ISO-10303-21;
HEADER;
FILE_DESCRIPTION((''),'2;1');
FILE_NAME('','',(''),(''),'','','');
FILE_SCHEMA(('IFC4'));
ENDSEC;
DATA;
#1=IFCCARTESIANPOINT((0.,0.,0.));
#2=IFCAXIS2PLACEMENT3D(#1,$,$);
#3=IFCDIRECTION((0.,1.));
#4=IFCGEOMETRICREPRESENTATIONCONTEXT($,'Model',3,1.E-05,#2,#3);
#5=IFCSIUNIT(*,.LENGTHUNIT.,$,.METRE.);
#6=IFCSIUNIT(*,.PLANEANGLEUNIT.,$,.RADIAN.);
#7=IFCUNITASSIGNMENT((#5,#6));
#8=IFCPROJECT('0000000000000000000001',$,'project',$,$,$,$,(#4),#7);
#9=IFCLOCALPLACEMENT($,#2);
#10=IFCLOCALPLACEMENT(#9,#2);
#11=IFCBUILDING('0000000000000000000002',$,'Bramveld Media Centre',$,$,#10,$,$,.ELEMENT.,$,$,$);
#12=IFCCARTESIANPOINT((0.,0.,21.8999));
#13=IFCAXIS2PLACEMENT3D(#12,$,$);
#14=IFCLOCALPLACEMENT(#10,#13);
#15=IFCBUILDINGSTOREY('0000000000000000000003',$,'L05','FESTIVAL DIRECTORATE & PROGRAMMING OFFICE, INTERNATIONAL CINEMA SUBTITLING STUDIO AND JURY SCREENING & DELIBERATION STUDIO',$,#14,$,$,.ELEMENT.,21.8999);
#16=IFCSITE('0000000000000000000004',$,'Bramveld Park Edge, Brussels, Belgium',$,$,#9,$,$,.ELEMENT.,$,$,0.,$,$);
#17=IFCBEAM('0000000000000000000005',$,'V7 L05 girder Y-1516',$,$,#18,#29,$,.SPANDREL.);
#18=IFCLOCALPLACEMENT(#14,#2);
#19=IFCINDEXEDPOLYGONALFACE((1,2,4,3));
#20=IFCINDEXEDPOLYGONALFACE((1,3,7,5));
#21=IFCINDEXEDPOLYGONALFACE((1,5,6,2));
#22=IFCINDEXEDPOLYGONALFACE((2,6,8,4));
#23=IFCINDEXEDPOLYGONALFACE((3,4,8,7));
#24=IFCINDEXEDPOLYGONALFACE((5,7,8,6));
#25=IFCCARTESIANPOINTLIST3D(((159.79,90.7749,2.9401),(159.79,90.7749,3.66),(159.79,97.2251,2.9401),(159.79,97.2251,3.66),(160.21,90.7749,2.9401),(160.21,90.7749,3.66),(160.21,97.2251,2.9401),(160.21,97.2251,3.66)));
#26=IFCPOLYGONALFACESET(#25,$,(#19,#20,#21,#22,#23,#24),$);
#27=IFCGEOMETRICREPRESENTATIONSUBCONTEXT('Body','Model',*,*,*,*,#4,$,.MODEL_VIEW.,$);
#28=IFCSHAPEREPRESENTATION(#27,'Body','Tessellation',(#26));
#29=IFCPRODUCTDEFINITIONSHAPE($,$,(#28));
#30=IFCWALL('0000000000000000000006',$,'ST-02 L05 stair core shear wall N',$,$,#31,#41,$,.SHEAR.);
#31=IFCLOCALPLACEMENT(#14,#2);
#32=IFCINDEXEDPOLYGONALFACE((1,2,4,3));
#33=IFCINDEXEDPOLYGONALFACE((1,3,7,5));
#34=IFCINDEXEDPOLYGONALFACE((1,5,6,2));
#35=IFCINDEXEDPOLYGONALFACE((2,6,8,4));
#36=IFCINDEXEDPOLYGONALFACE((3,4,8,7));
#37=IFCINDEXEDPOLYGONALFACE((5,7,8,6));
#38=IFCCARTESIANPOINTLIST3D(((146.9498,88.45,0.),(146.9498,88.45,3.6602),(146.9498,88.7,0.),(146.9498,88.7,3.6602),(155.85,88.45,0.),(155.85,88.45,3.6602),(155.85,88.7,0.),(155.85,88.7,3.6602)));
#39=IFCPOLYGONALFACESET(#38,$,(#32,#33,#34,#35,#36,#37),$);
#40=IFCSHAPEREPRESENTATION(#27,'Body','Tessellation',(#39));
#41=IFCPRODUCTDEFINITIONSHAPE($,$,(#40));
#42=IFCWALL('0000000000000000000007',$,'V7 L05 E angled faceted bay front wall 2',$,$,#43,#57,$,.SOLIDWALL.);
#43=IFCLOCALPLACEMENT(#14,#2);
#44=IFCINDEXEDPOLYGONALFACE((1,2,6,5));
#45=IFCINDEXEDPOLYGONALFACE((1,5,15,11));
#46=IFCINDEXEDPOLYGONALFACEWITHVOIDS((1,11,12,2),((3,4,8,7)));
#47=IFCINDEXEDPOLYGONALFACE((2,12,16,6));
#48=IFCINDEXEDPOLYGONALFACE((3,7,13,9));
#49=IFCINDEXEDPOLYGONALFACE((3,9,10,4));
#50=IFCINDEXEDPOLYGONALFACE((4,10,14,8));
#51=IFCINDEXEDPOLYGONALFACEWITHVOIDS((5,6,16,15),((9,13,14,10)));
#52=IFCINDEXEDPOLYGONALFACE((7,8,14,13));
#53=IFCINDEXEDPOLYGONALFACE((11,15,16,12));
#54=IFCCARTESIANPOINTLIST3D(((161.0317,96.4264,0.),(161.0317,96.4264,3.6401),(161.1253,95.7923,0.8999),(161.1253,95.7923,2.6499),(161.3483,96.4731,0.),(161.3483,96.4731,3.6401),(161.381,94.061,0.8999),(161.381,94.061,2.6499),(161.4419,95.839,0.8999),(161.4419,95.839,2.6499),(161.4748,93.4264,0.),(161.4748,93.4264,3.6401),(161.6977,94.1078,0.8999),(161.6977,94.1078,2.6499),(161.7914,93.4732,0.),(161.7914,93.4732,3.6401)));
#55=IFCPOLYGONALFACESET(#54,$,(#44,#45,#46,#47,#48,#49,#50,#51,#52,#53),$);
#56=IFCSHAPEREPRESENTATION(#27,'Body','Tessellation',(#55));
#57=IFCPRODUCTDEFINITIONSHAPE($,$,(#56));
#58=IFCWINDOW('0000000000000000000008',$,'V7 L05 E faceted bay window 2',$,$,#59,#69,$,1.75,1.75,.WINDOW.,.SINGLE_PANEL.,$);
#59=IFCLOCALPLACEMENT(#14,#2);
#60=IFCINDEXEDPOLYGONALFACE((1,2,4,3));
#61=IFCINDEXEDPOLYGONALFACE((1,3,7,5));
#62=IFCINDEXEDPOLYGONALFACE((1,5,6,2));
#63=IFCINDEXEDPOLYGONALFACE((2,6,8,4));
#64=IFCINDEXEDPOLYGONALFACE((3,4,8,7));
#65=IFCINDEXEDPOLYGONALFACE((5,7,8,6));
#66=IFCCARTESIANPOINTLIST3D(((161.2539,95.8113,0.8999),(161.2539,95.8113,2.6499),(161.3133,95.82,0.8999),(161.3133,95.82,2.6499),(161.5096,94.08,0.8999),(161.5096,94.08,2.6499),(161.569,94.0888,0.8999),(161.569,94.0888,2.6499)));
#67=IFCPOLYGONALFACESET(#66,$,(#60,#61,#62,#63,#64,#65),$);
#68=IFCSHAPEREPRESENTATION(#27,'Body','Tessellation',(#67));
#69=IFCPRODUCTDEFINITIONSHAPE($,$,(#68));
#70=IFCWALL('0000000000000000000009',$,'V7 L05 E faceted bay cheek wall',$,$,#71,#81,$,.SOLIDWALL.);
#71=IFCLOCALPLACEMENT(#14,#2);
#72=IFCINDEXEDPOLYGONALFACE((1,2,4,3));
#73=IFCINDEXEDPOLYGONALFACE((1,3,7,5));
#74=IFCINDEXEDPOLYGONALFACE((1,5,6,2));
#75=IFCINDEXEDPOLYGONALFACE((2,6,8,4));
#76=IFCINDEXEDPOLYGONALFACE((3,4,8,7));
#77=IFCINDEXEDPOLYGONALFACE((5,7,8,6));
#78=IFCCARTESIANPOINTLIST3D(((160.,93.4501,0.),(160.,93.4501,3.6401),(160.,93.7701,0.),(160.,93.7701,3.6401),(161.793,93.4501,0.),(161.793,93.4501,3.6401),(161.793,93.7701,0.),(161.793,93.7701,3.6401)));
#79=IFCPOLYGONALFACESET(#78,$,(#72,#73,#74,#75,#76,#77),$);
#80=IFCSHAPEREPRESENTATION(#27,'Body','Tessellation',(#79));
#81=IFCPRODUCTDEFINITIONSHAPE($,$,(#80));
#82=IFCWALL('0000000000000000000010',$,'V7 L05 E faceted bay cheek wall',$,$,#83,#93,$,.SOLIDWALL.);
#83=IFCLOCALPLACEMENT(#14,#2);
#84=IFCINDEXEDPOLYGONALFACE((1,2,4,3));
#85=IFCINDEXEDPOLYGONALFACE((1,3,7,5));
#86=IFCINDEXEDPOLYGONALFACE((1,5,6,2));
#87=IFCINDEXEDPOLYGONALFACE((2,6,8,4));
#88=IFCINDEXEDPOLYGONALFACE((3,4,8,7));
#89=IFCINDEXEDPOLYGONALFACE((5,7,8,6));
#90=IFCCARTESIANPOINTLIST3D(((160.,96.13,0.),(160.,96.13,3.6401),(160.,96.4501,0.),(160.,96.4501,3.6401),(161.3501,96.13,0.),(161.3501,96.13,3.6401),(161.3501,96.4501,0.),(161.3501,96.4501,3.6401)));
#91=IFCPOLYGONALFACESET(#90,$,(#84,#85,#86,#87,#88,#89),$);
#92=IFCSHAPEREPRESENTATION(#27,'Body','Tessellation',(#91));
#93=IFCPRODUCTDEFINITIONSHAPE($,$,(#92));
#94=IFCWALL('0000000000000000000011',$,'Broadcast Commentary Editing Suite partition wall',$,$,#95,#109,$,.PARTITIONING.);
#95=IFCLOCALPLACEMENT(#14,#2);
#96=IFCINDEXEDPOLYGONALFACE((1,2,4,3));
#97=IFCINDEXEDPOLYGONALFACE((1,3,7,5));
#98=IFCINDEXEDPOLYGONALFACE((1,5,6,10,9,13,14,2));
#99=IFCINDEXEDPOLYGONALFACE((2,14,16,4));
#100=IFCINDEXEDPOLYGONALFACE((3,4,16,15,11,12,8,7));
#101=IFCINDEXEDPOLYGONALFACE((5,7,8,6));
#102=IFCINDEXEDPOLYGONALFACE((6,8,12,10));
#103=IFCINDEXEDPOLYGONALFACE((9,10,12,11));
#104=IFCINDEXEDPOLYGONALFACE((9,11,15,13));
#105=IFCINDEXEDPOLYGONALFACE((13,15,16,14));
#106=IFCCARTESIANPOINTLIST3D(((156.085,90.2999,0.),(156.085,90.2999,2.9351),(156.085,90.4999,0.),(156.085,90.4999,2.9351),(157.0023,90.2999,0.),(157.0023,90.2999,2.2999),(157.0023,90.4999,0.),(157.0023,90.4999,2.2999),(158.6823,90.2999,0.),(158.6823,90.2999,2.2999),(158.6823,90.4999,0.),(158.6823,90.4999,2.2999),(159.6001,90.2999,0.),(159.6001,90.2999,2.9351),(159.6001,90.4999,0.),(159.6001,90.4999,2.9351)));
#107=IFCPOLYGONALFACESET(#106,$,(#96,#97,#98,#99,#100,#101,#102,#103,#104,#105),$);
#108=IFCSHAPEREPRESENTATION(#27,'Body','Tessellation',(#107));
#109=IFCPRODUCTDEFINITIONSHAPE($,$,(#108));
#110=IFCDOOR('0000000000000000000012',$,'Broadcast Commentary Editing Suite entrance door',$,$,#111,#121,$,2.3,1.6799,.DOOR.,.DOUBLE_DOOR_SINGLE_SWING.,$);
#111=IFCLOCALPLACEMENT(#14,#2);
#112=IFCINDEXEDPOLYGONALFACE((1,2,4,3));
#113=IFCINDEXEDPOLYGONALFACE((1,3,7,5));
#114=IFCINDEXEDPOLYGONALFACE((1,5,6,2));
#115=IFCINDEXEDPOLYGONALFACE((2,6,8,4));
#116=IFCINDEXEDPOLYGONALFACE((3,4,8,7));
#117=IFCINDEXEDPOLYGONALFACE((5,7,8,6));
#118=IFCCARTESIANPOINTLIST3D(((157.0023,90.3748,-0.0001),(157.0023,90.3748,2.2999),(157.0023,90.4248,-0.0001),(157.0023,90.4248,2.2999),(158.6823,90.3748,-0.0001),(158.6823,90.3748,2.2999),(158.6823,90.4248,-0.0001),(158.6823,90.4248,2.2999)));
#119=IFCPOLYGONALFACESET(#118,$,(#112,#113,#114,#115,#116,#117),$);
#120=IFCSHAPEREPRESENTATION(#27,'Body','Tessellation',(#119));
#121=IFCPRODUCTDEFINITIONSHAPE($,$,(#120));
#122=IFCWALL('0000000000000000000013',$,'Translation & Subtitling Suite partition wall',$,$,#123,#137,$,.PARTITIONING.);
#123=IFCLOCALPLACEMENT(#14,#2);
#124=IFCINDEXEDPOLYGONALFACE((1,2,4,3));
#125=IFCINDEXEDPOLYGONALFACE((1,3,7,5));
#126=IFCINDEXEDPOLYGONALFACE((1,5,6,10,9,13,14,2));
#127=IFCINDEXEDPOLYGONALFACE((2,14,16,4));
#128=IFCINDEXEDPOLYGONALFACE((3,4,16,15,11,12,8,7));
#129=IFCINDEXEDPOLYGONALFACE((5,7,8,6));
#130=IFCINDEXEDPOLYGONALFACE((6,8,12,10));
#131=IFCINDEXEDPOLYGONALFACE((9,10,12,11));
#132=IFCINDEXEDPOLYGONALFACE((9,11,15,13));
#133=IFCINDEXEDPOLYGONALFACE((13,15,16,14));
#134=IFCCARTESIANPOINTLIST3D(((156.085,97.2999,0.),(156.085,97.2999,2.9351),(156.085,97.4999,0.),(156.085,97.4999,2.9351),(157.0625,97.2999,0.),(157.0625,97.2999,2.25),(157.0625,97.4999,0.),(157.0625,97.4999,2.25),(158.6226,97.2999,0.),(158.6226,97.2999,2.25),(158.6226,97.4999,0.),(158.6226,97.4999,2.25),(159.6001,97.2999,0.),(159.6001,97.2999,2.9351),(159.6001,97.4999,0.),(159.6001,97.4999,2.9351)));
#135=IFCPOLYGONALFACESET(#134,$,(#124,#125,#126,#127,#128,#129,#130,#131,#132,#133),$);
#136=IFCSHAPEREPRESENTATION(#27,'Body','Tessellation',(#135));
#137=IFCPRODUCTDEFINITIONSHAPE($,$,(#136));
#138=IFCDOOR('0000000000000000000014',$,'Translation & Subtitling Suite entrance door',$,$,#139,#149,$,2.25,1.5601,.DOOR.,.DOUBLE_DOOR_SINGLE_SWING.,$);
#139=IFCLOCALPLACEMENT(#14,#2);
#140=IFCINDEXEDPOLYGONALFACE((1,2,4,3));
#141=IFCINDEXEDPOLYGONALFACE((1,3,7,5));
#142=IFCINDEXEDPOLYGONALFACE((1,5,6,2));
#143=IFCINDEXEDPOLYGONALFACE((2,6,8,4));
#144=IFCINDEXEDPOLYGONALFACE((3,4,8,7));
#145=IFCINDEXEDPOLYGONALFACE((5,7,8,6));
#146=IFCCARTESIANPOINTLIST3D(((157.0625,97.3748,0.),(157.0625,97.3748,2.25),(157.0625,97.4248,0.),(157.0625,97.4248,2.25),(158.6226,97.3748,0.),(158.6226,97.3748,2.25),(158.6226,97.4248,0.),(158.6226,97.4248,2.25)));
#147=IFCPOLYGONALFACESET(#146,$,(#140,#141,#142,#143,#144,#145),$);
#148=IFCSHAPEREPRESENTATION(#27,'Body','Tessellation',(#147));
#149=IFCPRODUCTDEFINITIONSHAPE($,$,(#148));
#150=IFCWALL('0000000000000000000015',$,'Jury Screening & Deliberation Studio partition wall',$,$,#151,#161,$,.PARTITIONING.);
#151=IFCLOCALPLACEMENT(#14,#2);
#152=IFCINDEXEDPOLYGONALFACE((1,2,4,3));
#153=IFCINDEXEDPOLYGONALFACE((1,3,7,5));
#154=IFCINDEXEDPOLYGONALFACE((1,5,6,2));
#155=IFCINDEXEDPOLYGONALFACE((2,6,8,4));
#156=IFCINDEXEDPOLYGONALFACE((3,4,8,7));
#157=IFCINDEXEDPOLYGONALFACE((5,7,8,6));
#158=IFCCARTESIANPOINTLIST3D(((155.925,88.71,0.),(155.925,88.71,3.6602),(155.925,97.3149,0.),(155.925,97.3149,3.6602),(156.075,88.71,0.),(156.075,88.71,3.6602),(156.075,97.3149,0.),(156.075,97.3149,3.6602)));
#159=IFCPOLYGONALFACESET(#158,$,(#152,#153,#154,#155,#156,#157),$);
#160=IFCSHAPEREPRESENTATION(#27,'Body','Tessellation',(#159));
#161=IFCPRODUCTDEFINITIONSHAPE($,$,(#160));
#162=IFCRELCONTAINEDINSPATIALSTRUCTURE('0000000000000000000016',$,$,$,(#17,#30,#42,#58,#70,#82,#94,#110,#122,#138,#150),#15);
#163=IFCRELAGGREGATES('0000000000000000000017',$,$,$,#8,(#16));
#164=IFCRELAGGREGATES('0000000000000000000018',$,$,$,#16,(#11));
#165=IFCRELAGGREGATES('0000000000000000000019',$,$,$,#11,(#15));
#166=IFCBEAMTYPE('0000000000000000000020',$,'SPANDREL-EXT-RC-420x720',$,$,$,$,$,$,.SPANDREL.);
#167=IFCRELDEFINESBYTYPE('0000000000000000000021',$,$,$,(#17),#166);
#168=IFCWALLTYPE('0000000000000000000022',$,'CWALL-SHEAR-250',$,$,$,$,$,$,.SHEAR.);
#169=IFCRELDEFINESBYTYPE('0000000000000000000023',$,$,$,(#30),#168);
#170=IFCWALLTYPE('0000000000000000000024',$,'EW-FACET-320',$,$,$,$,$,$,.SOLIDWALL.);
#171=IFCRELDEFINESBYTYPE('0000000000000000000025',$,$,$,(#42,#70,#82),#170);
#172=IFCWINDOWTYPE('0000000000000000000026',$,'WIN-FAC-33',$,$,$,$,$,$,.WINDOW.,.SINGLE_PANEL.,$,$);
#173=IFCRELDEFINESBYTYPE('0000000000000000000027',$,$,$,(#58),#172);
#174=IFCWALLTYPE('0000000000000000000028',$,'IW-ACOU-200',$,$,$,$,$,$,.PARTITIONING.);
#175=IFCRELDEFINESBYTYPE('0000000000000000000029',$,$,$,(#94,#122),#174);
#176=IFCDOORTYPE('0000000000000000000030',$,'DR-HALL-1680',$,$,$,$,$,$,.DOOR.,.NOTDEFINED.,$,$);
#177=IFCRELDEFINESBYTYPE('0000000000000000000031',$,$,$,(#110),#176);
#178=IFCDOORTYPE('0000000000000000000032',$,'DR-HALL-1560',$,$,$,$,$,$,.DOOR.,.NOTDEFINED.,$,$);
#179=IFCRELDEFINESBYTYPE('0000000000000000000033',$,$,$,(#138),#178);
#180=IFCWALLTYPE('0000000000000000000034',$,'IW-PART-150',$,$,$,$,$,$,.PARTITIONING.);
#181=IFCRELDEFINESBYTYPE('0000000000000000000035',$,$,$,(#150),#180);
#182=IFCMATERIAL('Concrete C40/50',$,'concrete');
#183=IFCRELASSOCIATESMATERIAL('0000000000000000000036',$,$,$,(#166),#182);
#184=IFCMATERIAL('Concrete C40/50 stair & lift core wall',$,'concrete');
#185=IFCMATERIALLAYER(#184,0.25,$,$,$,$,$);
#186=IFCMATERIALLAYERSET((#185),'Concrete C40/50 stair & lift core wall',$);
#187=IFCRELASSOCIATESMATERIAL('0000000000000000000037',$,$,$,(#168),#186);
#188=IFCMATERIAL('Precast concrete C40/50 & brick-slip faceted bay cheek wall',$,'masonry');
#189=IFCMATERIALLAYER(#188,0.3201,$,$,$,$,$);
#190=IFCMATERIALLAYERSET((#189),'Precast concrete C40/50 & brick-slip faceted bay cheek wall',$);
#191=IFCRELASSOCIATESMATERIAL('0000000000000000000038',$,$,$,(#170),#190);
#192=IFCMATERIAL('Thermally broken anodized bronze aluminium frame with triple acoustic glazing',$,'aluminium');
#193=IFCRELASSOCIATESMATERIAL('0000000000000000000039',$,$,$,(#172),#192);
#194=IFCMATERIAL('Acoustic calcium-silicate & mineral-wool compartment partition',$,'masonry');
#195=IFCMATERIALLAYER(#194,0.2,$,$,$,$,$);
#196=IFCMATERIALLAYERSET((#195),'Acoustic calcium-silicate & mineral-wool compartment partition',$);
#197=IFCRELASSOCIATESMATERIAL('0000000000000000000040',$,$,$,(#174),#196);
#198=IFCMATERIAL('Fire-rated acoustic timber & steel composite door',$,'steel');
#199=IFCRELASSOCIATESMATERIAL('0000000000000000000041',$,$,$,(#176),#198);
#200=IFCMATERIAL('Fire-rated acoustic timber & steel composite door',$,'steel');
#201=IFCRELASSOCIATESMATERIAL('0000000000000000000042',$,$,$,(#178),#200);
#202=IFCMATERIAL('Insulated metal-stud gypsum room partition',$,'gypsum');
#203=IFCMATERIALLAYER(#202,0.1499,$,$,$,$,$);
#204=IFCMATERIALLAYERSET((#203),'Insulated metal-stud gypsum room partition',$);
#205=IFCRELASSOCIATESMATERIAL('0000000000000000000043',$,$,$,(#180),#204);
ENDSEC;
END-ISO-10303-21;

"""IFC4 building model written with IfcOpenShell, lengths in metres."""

from ifc_helpers import new_model, si_unit, direction, frame, frame_2d, origin, origin_2d, place, context, subcontext, project, spatial, rectangle, extrude, material, layer, layer_set, material_profile, profile_set, type_object, element, fill, save


model = new_model("IFC4")

# Units and contexts
model_context = context("Model", 3, precision=1e-05, world=origin(), true_north=direction((0.0, 1.0)))
body_context = subcontext(model_context, "Body", "Model", "MODEL_VIEW")
ifc_project = project(units=[si_unit("LENGTHUNIT", "METRE"), si_unit("PLANEANGLEUNIT", "RADIAN")], contexts=[model_context])

# Site, building, storey
site_placement = place(None, origin())
site = spatial("IfcSite", under=ifc_project, at=site_placement, Name="Bramveld Park Edge, Brussels, Belgium", CompositionType="ELEMENT", RefElevation=0.0)
building_placement = place(site_placement, origin())
building = spatial("IfcBuilding", under=site, at=building_placement, Name="Bramveld Media Centre", CompositionType="ELEMENT")
storey_placement = place(building_placement, frame((0.0, 0.0, 21.8999)))
storey = spatial("IfcBuildingStorey", under=building, at=storey_placement, Name="L05", Description="FESTIVAL DIRECTORATE & PROGRAMMING OFFICE, INTERNATIONAL CINEMA SUBTITLING STUDIO AND JURY SCREENING & DELIBERATION STUDIO", CompositionType="ELEMENT", Elevation=21.8999)

# Beam
ifc_material_1 = material(Name="Concrete C40/50", Category="concrete")
ifc_material_profile_1 = material_profile(ifc_material_1, rectangle(XDim=0.4199, YDim=0.72, at=origin_2d()), Name="RC 420x720")
ifc_profile_set_1 = profile_set([ifc_material_profile_1], Name="Concrete C40/50")
beam_type_1 = type_object("IfcBeamType", Name="SPANDREL-EXT-RC-420x720", PredefinedType="SPANDREL", material=ifc_profile_set_1)
beam_1_placement = place(storey_placement, frame((160.0, 90.7749, 3.3), z_axis=(0.0, 1.0, 0.0), x_axis=(-1.0, 0.0, 0.0)))
element("IfcBeam", 1, at=beam_1_placement, inside=storey, type_object=beam_type_1, Name="V7 L05 girder Y-1516", PredefinedType="SPANDREL", context=body_context, shape_type="SweptSolid", body=[
    extrude(rectangle(XDim=0.4199, YDim=0.72, at=origin_2d()), origin(), (0.0, 0.0, 1.0), 6.4502),
])

# Wall
ifc_material_2 = material(Name="Concrete C40/50 stair & lift core wall", Category="concrete")
ifc_layer_1 = layer(ifc_material_2, 0.25)
ifc_layer_set_1 = layer_set([ifc_layer_1], Name="Concrete C40/50 stair & lift core wall")
wall_type_1 = type_object("IfcWallType", Name="CWALL-SHEAR-250", PredefinedType="SHEAR", material=ifc_layer_set_1)
wall_1_placement = place(storey_placement, frame((155.8501, 88.575, 0.0), z_axis=(0.0, 0.0, 1.0), x_axis=(-1.0, 0.0, 0.0)))
element("IfcWall", 2, at=wall_1_placement, inside=storey, type_object=wall_type_1, Name="ST-02 L05 stair core shear wall N", PredefinedType="SHEAR", context=body_context, shape_type="SweptSolid", body=[
    extrude(rectangle(XDim=8.9001, YDim=0.25, at=frame_2d((4.4502, 0.0))), origin(), (0.0, 0.0, 1.0), 3.6602),
])

# Wall, opening, window
ifc_material_3 = material(Name="Precast concrete C40/50 & brick-slip faceted bay cheek wall", Category="masonry")
ifc_layer_2 = layer(ifc_material_3, 0.3201)
ifc_layer_set_2 = layer_set([ifc_layer_2], Name="Precast concrete C40/50 & brick-slip faceted bay cheek wall")
wall_type_2 = type_object("IfcWallType", Name="EW-FACET-320", PredefinedType="SOLIDWALL", material=ifc_layer_set_2)
wall_2_placement = place(storey_placement, frame((161.6331, 93.45, 0.0), z_axis=(0.0, 0.0, 1.0), x_axis=(-0.14612, 0.989267, 0.0)))
wall_2 = element("IfcWall", 3, at=wall_2_placement, inside=storey, type_object=wall_type_2, Name="V7 L05 E angled faceted bay front wall 2", PredefinedType="SOLIDWALL", context=body_context, shape_type="SweptSolid", body=[
    extrude(rectangle(XDim=3.0325, YDim=0.3201, at=frame_2d((1.5161, 0.0))), origin(), (0.0, 0.0, 1.0), 3.6401),
])
opening_1_placement = place(wall_2_placement, frame((0.6414, 0.0, 0.8999)))
opening_1 = element("IfcOpeningElement", 4, at=opening_1_placement, cuts=wall_2, PredefinedType="OPENING", context=body_context, shape_type="SweptSolid", body=[
    extrude(rectangle(XDim=1.75, YDim=1.75, at=frame_2d((0.875, 0.875))), frame((0.0, 0.1719, 0.0), z_axis=(0.0, -1.0, 0.0), x_axis=(1.0, 0.0, 0.0)), (0.0, 0.0, 1.0), 0.344),
])
ifc_material_4 = material(Name="Thermally broken anodized bronze aluminium frame with triple acoustic glazing", Category="aluminium")
window_type = type_object("IfcWindowType", Name="WIN-FAC-33", PartitioningType="SINGLE_PANEL", PredefinedType="WINDOW", material=ifc_material_4)
window_placement = place(opening_1_placement, origin())
window = element("IfcWindow", 5, at=window_placement, inside=storey, type_object=window_type, Name="V7 L05 E faceted bay window 2", OverallHeight=1.75, OverallWidth=1.75, PartitioningType="SINGLE_PANEL", PredefinedType="WINDOW", context=body_context, shape_type="SweptSolid", body=[
    extrude(rectangle(XDim=1.75, YDim=1.75, at=frame_2d((0.875, 0.875))), frame((0.0, 0.03, 0.0), z_axis=(0.0, -1.0, 0.0), x_axis=(1.0, 0.0, 0.0)), (0.0, 0.0, 1.0), 0.0601),
])
fill(opening_1, window)

# Walls
wall_3_placement = place(storey_placement, frame((160.0, 93.6101, 0.0), z_axis=(0.0, 0.0, 1.0), x_axis=(1.0, 0.0, 0.0)))
element("IfcWall", 6, at=wall_3_placement, inside=storey, type_object=wall_type_2, Name="V7 L05 E faceted bay cheek wall", PredefinedType="SOLIDWALL", context=body_context, shape_type="SweptSolid", body=[
    extrude(rectangle(XDim=1.793, YDim=0.3201, at=frame_2d((0.8965, 0.0))), origin(), (0.0, 0.0, 1.0), 3.6401),
])
wall_4_placement = place(storey_placement, frame((160.0, 96.29, 0.0), z_axis=(0.0, 0.0, 1.0), x_axis=(1.0, 0.0, 0.0)))
element("IfcWall", 7, at=wall_4_placement, inside=storey, type_object=wall_type_2, Name="V7 L05 E faceted bay cheek wall", PredefinedType="SOLIDWALL", context=body_context, shape_type="SweptSolid", body=[
    extrude(rectangle(XDim=1.3501, YDim=0.3201, at=frame_2d((0.675, 0.0))), origin(), (0.0, 0.0, 1.0), 3.6401),
])

# Walls, openings, doors
ifc_material_5 = material(Name="Acoustic calcium-silicate & mineral-wool compartment partition", Category="masonry")
ifc_layer_3 = layer(ifc_material_5, 0.2)
ifc_layer_set_3 = layer_set([ifc_layer_3], Name="Acoustic calcium-silicate & mineral-wool compartment partition")
wall_type_3 = type_object("IfcWallType", Name="IW-ACOU-200", PredefinedType="PARTITIONING", material=ifc_layer_set_3)
wall_5_placement = place(storey_placement, frame((156.085, 90.3999, 0.0), z_axis=(0.0, 0.0, 1.0), x_axis=(1.0, 0.0, 0.0)))
wall_5 = element("IfcWall", 8, at=wall_5_placement, inside=storey, type_object=wall_type_3, Name="Broadcast Commentary Editing Suite partition wall", PredefinedType="PARTITIONING", context=body_context, shape_type="SweptSolid", body=[
    extrude(rectangle(XDim=3.5151, YDim=0.2, at=frame_2d((1.7576, 0.0))), origin(), (0.0, 0.0, 1.0), 2.9351),
])
opening_2_placement = place(wall_5_placement, frame((0.9175, 0.0, 0.0)))
opening_2 = element("IfcOpeningElement", 9, at=opening_2_placement, cuts=wall_5, PredefinedType="OPENING", context=body_context, shape_type="SweptSolid", body=[
    extrude(rectangle(XDim=1.6799, YDim=2.3, at=frame_2d((0.8398, 1.1499))), frame((0.0, 0.1118, 0.0), z_axis=(0.0, -1.0, 0.0), x_axis=(1.0, 0.0, 0.0)), (0.0, 0.0, 1.0), 0.2239),
])
ifc_material_6 = material(Name="Fire-rated acoustic timber & steel composite door", Category="steel")
door_type_1 = type_object("IfcDoorType", Name="DR-HALL-1680", OperationType="NOTDEFINED", PredefinedType="DOOR", material=ifc_material_6)
door_1_placement = place(opening_2_placement, origin())
door_1 = element("IfcDoor", 10, at=door_1_placement, inside=storey, type_object=door_type_1, Name="Broadcast Commentary Editing Suite entrance door", OperationType="DOUBLE_DOOR_SINGLE_SWING", OverallHeight=2.3, OverallWidth=1.6799, PredefinedType="DOOR", context=body_context, shape_type="SweptSolid", body=[
    extrude(rectangle(XDim=1.6799, YDim=2.3, at=frame_2d((0.8398, 1.1499))), frame((0.0, 0.0249, 0.0), z_axis=(0.0, -1.0, 0.0), x_axis=(1.0, 0.0, 0.0)), (0.0, 0.0, 1.0), 0.05),
])
fill(opening_2, door_1)
wall_6_placement = place(storey_placement, frame((156.085, 97.3999, 0.0), z_axis=(0.0, 0.0, 1.0), x_axis=(1.0, 0.0, 0.0)))
wall_6 = element("IfcWall", 11, at=wall_6_placement, inside=storey, type_object=wall_type_3, Name="Translation & Subtitling Suite partition wall", PredefinedType="PARTITIONING", context=body_context, shape_type="SweptSolid", body=[
    extrude(rectangle(XDim=3.5151, YDim=0.2, at=frame_2d((1.7576, 0.0))), origin(), (0.0, 0.0, 1.0), 2.9351),
])
opening_3_placement = place(wall_6_placement, frame((0.9775, 0.0, 0.0)))
opening_3 = element("IfcOpeningElement", 12, at=opening_3_placement, cuts=wall_6, PredefinedType="OPENING", context=body_context, shape_type="SweptSolid", body=[
    extrude(rectangle(XDim=1.5601, YDim=2.25, at=frame_2d((0.78, 1.125))), frame((0.0, 0.1118, 0.0), z_axis=(0.0, -1.0, 0.0), x_axis=(1.0, 0.0, 0.0)), (0.0, 0.0, 1.0), 0.2239),
])
ifc_material_7 = material(Name="Fire-rated acoustic timber & steel composite door", Category="steel")
door_type_2 = type_object("IfcDoorType", Name="DR-HALL-1560", OperationType="NOTDEFINED", PredefinedType="DOOR", material=ifc_material_7)
door_2_placement = place(opening_3_placement, origin())
door_2 = element("IfcDoor", 13, at=door_2_placement, inside=storey, type_object=door_type_2, Name="Translation & Subtitling Suite entrance door", OperationType="DOUBLE_DOOR_SINGLE_SWING", OverallHeight=2.25, OverallWidth=1.5601, PredefinedType="DOOR", context=body_context, shape_type="SweptSolid", body=[
    extrude(rectangle(XDim=1.5601, YDim=2.25, at=frame_2d((0.78, 1.125))), frame((0.0, 0.0249, 0.0), z_axis=(0.0, -1.0, 0.0), x_axis=(1.0, 0.0, 0.0)), (0.0, 0.0, 1.0), 0.05),
])
fill(opening_3, door_2)

# Wall
ifc_material_8 = material(Name="Insulated metal-stud gypsum room partition", Category="gypsum")
ifc_layer_4 = layer(ifc_material_8, 0.1499)
ifc_layer_set_4 = layer_set([ifc_layer_4], Name="Insulated metal-stud gypsum room partition")
wall_type_4 = type_object("IfcWallType", Name="IW-PART-150", PredefinedType="PARTITIONING", material=ifc_layer_set_4)
wall_7_placement = place(storey_placement, frame((156.0, 88.71, 0.0), z_axis=(0.0, 0.0, 1.0), x_axis=(0.0, 1.0, 0.0)))
element("IfcWall", 14, at=wall_7_placement, inside=storey, type_object=wall_type_4, Name="Jury Screening & Deliberation Studio partition wall", PredefinedType="PARTITIONING", context=body_context, shape_type="SweptSolid", body=[
    extrude(rectangle(XDim=8.605, YDim=0.1499, at=frame_2d((4.3025, 0.0))), origin(), (0.0, 0.0, 1.0), 3.6602),
])

save(model, "model.ifc")
